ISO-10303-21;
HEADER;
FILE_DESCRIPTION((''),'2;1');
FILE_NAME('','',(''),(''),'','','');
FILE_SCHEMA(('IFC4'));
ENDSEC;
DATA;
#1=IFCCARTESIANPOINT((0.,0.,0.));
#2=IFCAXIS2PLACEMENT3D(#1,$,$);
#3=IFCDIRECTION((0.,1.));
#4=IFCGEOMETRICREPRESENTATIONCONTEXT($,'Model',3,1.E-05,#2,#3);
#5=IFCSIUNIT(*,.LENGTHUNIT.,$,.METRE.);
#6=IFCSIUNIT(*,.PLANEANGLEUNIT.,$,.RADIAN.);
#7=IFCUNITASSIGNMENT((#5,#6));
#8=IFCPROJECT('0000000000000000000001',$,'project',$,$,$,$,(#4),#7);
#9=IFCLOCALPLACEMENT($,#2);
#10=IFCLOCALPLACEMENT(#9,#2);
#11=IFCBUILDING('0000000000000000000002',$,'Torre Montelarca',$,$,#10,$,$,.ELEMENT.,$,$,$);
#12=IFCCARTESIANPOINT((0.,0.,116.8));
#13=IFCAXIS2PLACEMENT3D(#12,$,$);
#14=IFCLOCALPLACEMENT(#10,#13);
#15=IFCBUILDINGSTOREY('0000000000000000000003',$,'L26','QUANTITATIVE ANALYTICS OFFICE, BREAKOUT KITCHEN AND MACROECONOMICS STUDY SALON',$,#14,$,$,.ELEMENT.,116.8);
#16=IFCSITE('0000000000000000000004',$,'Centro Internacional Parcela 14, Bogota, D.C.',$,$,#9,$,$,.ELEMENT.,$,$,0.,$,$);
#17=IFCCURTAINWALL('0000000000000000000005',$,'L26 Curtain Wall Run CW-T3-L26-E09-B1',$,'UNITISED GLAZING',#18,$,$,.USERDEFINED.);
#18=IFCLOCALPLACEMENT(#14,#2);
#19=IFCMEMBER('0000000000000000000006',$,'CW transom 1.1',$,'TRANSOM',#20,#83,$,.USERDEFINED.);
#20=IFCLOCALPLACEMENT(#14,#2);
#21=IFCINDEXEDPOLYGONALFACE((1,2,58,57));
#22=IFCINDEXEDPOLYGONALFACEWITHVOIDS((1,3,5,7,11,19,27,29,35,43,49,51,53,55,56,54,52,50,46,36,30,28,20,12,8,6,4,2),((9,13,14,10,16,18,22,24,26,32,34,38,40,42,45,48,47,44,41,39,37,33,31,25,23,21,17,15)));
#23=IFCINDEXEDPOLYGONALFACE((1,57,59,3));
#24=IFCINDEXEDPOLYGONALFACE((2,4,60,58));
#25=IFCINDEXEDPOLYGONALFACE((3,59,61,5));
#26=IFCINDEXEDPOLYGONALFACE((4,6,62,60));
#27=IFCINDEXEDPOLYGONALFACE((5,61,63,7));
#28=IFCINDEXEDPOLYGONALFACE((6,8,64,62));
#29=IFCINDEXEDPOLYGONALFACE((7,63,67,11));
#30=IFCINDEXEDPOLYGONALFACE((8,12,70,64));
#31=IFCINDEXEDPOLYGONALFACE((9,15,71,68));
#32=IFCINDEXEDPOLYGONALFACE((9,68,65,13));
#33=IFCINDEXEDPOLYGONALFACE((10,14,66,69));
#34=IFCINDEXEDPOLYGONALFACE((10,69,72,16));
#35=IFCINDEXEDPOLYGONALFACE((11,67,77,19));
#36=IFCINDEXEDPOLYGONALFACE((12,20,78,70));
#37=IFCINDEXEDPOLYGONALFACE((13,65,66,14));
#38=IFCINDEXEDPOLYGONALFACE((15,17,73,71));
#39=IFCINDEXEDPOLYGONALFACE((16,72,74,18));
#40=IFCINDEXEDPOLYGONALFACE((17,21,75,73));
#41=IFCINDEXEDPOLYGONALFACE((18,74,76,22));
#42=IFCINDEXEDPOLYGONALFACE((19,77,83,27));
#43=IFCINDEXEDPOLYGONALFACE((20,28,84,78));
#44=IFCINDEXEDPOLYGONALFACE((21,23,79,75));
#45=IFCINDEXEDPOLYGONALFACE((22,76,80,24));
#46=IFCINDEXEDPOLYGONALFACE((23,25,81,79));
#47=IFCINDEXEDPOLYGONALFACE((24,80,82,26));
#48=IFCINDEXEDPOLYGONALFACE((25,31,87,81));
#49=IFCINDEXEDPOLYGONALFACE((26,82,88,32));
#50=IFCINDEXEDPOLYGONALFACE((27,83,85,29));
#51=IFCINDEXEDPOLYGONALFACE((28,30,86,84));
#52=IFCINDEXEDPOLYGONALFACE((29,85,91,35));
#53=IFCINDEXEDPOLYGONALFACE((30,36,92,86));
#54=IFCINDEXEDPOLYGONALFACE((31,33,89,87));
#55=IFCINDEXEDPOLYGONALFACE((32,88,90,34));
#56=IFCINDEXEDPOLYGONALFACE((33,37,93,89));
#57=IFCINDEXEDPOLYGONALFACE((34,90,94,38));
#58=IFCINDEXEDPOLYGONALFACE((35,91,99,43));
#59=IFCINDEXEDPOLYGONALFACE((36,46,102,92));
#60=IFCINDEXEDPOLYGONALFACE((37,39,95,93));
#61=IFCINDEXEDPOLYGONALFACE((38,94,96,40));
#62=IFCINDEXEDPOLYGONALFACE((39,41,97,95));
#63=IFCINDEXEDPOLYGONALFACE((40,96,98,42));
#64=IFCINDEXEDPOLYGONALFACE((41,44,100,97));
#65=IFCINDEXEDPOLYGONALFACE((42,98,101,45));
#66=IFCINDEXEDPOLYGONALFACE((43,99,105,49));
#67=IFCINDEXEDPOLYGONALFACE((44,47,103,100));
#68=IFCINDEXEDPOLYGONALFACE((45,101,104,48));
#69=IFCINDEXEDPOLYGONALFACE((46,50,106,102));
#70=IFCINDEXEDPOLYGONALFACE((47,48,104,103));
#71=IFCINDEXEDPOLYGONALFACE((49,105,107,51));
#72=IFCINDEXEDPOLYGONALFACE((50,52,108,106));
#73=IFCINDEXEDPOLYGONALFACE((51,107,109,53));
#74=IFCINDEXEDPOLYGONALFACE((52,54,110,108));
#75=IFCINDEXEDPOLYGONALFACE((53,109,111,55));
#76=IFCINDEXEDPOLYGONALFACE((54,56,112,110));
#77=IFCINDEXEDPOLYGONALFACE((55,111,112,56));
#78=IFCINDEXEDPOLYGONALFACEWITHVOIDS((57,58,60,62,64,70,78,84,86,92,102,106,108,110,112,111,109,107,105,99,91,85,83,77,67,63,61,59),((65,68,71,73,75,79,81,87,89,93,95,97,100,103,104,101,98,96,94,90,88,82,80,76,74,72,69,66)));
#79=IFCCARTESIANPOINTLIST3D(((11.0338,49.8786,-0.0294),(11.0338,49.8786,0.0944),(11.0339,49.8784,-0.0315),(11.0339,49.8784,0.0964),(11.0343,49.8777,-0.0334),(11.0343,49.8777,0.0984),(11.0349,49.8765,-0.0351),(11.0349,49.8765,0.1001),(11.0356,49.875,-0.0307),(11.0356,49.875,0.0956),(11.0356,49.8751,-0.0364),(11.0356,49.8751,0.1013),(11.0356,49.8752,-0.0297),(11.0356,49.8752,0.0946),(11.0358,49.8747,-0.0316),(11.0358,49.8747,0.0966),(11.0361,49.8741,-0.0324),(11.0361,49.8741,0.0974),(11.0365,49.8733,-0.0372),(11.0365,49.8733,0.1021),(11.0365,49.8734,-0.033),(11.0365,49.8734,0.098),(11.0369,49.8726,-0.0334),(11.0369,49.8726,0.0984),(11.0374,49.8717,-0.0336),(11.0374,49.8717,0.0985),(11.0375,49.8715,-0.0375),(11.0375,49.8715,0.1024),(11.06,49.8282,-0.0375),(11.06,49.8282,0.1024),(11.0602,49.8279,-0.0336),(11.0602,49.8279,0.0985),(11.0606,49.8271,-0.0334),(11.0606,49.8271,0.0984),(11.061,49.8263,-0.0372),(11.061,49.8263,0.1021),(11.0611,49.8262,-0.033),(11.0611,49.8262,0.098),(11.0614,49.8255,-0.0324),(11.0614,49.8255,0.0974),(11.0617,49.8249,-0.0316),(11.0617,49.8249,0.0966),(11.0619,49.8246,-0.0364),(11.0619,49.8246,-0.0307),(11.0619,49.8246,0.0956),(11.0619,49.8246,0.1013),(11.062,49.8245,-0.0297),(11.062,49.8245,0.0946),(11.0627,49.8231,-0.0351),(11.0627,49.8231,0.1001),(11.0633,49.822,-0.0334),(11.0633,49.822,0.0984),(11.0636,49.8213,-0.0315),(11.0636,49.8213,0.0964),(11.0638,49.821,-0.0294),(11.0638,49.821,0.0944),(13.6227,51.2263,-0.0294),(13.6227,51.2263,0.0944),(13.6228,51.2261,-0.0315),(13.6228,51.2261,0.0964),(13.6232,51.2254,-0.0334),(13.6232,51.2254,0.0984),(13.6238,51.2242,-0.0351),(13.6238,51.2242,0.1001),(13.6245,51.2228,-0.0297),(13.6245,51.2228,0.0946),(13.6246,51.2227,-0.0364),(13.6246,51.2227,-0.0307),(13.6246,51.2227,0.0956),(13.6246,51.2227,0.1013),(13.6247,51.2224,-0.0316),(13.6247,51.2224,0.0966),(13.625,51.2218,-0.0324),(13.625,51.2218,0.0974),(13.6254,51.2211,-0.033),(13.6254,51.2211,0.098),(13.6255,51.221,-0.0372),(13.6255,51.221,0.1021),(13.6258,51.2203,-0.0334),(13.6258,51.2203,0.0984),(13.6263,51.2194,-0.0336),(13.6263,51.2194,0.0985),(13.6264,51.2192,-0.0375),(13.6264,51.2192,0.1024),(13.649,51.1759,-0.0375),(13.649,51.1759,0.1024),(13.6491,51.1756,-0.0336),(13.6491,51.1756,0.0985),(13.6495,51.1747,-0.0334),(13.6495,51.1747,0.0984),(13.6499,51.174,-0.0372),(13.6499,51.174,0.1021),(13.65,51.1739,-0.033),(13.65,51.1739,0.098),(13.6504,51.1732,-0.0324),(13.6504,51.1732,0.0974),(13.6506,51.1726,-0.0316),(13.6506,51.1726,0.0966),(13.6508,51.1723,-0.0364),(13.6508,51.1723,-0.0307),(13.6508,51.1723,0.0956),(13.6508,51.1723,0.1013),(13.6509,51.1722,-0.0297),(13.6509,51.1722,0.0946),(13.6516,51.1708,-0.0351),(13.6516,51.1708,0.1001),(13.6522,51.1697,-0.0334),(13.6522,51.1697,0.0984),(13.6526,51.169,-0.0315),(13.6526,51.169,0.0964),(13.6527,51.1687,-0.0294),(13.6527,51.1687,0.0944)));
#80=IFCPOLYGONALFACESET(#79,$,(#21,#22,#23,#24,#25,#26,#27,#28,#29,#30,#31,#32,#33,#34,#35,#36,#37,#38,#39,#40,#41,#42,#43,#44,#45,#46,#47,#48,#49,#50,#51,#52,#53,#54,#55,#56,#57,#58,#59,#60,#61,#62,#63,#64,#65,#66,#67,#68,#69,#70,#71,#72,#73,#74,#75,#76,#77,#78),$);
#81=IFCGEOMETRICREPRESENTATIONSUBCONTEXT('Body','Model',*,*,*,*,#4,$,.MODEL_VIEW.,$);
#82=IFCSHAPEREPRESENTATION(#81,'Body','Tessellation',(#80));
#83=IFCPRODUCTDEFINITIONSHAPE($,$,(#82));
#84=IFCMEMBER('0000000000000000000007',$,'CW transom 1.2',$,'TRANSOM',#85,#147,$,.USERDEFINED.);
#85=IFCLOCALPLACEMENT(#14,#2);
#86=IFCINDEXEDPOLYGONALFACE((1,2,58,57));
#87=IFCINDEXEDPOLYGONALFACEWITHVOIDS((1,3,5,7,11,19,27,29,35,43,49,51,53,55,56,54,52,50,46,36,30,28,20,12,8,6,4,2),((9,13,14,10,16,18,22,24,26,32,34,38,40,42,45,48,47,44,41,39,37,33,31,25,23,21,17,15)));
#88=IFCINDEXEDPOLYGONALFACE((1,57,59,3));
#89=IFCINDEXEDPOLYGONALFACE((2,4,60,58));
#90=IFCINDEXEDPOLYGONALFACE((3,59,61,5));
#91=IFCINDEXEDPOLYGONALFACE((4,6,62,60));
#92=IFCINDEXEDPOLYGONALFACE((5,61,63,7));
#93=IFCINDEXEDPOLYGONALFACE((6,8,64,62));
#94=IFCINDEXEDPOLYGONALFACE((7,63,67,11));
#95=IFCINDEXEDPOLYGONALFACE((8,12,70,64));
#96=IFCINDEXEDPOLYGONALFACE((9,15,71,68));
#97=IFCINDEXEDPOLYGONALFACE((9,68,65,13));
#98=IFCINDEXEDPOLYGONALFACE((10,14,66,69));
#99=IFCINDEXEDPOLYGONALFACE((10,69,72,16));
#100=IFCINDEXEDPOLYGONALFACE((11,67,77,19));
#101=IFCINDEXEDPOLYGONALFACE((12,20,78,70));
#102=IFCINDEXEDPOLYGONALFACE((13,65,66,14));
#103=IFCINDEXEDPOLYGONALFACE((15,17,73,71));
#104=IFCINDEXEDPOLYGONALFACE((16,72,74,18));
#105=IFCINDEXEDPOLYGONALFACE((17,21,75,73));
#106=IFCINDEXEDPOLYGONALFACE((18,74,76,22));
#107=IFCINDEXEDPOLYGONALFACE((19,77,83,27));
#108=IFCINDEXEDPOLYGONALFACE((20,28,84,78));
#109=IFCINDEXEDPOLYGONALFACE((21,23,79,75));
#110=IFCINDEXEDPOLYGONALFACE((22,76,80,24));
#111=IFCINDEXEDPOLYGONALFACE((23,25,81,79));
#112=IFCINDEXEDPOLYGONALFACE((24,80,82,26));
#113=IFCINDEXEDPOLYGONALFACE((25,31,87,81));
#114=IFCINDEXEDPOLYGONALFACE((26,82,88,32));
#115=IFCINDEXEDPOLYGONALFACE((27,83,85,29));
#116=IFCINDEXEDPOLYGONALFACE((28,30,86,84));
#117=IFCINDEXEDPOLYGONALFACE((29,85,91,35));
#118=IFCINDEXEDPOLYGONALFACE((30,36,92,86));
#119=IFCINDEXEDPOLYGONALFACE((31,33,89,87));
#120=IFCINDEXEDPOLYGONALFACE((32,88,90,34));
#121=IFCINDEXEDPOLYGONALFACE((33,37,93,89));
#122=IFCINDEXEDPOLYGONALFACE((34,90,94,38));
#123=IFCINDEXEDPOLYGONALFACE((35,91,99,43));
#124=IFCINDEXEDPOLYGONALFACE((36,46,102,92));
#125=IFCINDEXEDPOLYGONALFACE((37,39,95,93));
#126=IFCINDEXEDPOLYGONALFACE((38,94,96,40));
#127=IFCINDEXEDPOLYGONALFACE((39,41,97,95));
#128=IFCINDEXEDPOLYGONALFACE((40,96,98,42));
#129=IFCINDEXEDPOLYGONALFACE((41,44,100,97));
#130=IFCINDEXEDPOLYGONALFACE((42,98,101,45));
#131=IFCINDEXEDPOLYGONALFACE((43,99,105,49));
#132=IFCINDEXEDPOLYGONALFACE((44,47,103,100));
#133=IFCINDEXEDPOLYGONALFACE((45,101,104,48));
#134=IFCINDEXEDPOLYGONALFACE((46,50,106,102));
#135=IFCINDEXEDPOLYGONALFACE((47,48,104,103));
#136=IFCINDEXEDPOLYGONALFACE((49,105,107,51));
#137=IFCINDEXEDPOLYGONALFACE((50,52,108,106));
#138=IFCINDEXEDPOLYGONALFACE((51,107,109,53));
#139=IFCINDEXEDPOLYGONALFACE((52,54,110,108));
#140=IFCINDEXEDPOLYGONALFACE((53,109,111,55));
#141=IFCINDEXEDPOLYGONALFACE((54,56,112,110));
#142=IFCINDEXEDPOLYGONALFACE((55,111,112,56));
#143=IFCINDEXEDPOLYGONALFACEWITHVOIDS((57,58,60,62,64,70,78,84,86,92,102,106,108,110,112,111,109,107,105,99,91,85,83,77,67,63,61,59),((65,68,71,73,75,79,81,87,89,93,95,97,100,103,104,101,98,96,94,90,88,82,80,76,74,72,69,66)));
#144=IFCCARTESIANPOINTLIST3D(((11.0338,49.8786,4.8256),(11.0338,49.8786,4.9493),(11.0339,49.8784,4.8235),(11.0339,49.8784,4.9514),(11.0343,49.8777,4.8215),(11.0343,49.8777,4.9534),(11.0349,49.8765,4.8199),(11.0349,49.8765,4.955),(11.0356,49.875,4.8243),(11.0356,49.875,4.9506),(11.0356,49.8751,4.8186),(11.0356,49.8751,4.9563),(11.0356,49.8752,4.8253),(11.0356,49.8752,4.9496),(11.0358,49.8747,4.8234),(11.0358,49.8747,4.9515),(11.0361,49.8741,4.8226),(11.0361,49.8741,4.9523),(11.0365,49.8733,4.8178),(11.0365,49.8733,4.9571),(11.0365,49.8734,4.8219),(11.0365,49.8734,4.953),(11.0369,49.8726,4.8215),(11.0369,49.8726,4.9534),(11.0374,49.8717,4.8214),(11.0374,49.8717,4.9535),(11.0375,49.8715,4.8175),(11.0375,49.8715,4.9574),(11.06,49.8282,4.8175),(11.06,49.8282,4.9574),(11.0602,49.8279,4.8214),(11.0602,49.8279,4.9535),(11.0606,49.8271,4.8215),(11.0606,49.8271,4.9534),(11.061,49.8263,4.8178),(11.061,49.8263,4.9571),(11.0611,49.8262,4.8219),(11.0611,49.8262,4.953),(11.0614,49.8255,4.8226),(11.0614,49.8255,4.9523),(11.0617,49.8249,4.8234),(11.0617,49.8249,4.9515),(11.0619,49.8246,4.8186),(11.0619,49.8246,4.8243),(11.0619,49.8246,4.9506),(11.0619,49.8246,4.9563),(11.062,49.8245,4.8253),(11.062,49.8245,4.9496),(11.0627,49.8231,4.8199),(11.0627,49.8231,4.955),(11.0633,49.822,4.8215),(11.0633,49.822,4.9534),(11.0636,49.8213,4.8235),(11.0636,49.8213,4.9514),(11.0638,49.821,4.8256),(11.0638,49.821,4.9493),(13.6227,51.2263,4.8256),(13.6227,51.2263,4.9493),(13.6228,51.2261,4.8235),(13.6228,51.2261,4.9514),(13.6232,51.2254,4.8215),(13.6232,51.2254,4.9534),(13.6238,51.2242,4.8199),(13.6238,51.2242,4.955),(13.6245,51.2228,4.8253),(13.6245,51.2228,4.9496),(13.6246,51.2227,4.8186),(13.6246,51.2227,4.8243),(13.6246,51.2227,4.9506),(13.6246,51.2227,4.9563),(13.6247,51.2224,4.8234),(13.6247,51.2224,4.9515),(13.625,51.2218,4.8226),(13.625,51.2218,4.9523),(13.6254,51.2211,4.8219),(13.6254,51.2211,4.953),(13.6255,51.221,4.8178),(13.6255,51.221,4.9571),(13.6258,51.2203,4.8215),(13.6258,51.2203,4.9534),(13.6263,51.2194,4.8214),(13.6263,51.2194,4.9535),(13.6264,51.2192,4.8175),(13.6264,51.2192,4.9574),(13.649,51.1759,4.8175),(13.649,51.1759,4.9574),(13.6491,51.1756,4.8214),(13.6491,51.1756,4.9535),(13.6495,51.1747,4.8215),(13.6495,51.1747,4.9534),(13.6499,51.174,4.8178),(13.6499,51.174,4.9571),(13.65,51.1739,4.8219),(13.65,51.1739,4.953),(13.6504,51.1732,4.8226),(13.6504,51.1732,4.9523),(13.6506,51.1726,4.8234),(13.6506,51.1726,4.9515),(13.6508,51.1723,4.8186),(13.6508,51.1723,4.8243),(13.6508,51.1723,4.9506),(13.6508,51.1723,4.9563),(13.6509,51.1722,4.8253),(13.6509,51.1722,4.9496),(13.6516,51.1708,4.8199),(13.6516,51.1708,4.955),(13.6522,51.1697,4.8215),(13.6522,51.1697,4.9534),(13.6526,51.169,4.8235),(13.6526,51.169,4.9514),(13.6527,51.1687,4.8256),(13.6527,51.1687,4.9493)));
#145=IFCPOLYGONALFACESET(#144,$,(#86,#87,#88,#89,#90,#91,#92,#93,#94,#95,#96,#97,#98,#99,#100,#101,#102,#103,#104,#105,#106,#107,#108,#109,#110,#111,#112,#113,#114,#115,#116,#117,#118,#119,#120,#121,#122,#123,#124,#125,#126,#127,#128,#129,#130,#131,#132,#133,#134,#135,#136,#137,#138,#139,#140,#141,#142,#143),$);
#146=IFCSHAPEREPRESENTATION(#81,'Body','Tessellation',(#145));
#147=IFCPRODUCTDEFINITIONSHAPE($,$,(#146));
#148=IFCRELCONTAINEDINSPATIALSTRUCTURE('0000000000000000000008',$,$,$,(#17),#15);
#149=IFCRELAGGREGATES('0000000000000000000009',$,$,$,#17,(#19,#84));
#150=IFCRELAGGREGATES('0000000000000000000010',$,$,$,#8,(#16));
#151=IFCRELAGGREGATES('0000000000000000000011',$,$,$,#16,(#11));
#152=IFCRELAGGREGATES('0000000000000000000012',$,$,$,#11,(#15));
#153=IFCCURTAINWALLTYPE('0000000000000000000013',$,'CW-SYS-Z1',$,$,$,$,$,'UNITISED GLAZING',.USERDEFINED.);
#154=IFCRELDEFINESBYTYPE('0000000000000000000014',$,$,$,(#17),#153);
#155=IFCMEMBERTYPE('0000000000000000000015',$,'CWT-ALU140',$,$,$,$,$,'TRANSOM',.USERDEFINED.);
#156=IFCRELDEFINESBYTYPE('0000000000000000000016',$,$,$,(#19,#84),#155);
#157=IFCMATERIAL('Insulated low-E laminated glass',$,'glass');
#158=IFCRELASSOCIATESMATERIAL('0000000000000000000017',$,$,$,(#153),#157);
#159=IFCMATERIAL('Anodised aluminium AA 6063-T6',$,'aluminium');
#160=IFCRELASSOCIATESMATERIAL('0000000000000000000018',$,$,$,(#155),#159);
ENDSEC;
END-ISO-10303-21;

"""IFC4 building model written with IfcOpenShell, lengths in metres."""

from ifc_helpers import new_model, si_unit, direction, frame, origin, origin_2d, place, context, subcontext, project, spatial, hollow_rectangle, extrude, source, transform, mapped, material, material_profile, profile_set, type_object, element, aggregate, save


model = new_model("IFC4")

# Units and contexts
model_context = context("Model", 3, precision=1e-05, world=origin(), true_north=direction((0.0, 1.0)))
body_context = subcontext(model_context, "Body", "Model", "MODEL_VIEW")
ifc_project = project(units=[si_unit("LENGTHUNIT", "METRE"), si_unit("PLANEANGLEUNIT", "RADIAN")], contexts=[model_context])

# Site, building, storey
site_placement = place(None, origin())
site = spatial("IfcSite", under=ifc_project, at=site_placement, Name="Centro Internacional Parcela 14, Bogota, D.C.", CompositionType="ELEMENT", RefElevation=0.0)
building_placement = place(site_placement, origin())
building = spatial("IfcBuilding", under=site, at=building_placement, Name="Torre Montelarca", CompositionType="ELEMENT")
storey_placement = place(building_placement, frame((0.0, 0.0, 116.8)))
storey = spatial("IfcBuildingStorey", under=building, at=storey_placement, Name="L26", Description="QUANTITATIVE ANALYTICS OFFICE, BREAKOUT KITCHEN AND MACROECONOMICS STUDY SALON", CompositionType="ELEMENT", Elevation=116.8)

# Curtain wall, members
ifc_material_1 = material(Name="Insulated low-E laminated glass", Category="glass")
curtain_wall_type = type_object("IfcCurtainWallType", Name="CW-SYS-Z1", ElementType="UNITISED GLAZING", PredefinedType="USERDEFINED", material=ifc_material_1)
ifc_material_2 = material(Name="Anodised aluminium AA 6063-T6", Category="aluminium")
ifc_material_profile_1 = material_profile(ifc_material_2, hollow_rectangle(XDim=0.0649, YDim=0.1399, WallThickness=0.0039, InnerFilletRadius=0.0039, OuterFilletRadius=0.0081, at=origin_2d()), Name="ALU65X140X4", Category="aluminium")
ifc_profile_set_1 = profile_set([ifc_material_profile_1], Name="Anodised aluminium AA 6063-T6")
member_type_1 = type_object("IfcMemberType", Name="CWT-ALU140", ElementType="TRANSOM", PredefinedType="USERDEFINED", material=ifc_profile_set_1)
curtain_wall_1_placement = place(storey_placement, origin())
curtain_wall_1 = element("IfcCurtainWall", 1, at=curtain_wall_1_placement, inside=storey, type_object=curtain_wall_type, Name="L26 Curtain Wall Run CW-T3-L26-E09-B1", ObjectType="UNITISED GLAZING", PredefinedType="USERDEFINED")
shared_shape_1 = source(origin(), body_context, "Body", "SweptSolid", [
    extrude(hollow_rectangle(XDim=0.0649, YDim=0.1399, WallThickness=0.0039, InnerFilletRadius=0.0039, OuterFilletRadius=0.0081, at=origin_2d()), origin(), (0.0, 0.0, 1.0), 2.9187),
])
member_1_placement = place(storey_placement, frame((13.6377, 51.1975, 0.0325), z_axis=(-0.887014, -0.461742, 0.0), x_axis=(0.461742, -0.887014, 0.0)))
member_1 = element("IfcMember", 2, at=member_1_placement, type_object=member_type_1, Name="CW transom 1.1", ObjectType="TRANSOM", PredefinedType="USERDEFINED", context=body_context, shape_type="MappedRepresentation", body=[
    mapped(shared_shape_1, transform((0.0, 0.0, 0.0), scale=1.0)),
])
member_2_placement = place(storey_placement, frame((13.6377, 51.1975, 4.8875), z_axis=(-0.887014, -0.461742, 0.0), x_axis=(0.461742, -0.887014, 0.0)))
member_2 = element("IfcMember", 3, at=member_2_placement, type_object=member_type_1, Name="CW transom 1.2", ObjectType="TRANSOM", PredefinedType="USERDEFINED", context=body_context, shape_type="MappedRepresentation", body=[
    mapped(shared_shape_1, transform((0.0, 0.0, 0.0), scale=1.0)),
])

aggregate(curtain_wall_1, [member_1, member_2])

save(model, "model.ifc")
